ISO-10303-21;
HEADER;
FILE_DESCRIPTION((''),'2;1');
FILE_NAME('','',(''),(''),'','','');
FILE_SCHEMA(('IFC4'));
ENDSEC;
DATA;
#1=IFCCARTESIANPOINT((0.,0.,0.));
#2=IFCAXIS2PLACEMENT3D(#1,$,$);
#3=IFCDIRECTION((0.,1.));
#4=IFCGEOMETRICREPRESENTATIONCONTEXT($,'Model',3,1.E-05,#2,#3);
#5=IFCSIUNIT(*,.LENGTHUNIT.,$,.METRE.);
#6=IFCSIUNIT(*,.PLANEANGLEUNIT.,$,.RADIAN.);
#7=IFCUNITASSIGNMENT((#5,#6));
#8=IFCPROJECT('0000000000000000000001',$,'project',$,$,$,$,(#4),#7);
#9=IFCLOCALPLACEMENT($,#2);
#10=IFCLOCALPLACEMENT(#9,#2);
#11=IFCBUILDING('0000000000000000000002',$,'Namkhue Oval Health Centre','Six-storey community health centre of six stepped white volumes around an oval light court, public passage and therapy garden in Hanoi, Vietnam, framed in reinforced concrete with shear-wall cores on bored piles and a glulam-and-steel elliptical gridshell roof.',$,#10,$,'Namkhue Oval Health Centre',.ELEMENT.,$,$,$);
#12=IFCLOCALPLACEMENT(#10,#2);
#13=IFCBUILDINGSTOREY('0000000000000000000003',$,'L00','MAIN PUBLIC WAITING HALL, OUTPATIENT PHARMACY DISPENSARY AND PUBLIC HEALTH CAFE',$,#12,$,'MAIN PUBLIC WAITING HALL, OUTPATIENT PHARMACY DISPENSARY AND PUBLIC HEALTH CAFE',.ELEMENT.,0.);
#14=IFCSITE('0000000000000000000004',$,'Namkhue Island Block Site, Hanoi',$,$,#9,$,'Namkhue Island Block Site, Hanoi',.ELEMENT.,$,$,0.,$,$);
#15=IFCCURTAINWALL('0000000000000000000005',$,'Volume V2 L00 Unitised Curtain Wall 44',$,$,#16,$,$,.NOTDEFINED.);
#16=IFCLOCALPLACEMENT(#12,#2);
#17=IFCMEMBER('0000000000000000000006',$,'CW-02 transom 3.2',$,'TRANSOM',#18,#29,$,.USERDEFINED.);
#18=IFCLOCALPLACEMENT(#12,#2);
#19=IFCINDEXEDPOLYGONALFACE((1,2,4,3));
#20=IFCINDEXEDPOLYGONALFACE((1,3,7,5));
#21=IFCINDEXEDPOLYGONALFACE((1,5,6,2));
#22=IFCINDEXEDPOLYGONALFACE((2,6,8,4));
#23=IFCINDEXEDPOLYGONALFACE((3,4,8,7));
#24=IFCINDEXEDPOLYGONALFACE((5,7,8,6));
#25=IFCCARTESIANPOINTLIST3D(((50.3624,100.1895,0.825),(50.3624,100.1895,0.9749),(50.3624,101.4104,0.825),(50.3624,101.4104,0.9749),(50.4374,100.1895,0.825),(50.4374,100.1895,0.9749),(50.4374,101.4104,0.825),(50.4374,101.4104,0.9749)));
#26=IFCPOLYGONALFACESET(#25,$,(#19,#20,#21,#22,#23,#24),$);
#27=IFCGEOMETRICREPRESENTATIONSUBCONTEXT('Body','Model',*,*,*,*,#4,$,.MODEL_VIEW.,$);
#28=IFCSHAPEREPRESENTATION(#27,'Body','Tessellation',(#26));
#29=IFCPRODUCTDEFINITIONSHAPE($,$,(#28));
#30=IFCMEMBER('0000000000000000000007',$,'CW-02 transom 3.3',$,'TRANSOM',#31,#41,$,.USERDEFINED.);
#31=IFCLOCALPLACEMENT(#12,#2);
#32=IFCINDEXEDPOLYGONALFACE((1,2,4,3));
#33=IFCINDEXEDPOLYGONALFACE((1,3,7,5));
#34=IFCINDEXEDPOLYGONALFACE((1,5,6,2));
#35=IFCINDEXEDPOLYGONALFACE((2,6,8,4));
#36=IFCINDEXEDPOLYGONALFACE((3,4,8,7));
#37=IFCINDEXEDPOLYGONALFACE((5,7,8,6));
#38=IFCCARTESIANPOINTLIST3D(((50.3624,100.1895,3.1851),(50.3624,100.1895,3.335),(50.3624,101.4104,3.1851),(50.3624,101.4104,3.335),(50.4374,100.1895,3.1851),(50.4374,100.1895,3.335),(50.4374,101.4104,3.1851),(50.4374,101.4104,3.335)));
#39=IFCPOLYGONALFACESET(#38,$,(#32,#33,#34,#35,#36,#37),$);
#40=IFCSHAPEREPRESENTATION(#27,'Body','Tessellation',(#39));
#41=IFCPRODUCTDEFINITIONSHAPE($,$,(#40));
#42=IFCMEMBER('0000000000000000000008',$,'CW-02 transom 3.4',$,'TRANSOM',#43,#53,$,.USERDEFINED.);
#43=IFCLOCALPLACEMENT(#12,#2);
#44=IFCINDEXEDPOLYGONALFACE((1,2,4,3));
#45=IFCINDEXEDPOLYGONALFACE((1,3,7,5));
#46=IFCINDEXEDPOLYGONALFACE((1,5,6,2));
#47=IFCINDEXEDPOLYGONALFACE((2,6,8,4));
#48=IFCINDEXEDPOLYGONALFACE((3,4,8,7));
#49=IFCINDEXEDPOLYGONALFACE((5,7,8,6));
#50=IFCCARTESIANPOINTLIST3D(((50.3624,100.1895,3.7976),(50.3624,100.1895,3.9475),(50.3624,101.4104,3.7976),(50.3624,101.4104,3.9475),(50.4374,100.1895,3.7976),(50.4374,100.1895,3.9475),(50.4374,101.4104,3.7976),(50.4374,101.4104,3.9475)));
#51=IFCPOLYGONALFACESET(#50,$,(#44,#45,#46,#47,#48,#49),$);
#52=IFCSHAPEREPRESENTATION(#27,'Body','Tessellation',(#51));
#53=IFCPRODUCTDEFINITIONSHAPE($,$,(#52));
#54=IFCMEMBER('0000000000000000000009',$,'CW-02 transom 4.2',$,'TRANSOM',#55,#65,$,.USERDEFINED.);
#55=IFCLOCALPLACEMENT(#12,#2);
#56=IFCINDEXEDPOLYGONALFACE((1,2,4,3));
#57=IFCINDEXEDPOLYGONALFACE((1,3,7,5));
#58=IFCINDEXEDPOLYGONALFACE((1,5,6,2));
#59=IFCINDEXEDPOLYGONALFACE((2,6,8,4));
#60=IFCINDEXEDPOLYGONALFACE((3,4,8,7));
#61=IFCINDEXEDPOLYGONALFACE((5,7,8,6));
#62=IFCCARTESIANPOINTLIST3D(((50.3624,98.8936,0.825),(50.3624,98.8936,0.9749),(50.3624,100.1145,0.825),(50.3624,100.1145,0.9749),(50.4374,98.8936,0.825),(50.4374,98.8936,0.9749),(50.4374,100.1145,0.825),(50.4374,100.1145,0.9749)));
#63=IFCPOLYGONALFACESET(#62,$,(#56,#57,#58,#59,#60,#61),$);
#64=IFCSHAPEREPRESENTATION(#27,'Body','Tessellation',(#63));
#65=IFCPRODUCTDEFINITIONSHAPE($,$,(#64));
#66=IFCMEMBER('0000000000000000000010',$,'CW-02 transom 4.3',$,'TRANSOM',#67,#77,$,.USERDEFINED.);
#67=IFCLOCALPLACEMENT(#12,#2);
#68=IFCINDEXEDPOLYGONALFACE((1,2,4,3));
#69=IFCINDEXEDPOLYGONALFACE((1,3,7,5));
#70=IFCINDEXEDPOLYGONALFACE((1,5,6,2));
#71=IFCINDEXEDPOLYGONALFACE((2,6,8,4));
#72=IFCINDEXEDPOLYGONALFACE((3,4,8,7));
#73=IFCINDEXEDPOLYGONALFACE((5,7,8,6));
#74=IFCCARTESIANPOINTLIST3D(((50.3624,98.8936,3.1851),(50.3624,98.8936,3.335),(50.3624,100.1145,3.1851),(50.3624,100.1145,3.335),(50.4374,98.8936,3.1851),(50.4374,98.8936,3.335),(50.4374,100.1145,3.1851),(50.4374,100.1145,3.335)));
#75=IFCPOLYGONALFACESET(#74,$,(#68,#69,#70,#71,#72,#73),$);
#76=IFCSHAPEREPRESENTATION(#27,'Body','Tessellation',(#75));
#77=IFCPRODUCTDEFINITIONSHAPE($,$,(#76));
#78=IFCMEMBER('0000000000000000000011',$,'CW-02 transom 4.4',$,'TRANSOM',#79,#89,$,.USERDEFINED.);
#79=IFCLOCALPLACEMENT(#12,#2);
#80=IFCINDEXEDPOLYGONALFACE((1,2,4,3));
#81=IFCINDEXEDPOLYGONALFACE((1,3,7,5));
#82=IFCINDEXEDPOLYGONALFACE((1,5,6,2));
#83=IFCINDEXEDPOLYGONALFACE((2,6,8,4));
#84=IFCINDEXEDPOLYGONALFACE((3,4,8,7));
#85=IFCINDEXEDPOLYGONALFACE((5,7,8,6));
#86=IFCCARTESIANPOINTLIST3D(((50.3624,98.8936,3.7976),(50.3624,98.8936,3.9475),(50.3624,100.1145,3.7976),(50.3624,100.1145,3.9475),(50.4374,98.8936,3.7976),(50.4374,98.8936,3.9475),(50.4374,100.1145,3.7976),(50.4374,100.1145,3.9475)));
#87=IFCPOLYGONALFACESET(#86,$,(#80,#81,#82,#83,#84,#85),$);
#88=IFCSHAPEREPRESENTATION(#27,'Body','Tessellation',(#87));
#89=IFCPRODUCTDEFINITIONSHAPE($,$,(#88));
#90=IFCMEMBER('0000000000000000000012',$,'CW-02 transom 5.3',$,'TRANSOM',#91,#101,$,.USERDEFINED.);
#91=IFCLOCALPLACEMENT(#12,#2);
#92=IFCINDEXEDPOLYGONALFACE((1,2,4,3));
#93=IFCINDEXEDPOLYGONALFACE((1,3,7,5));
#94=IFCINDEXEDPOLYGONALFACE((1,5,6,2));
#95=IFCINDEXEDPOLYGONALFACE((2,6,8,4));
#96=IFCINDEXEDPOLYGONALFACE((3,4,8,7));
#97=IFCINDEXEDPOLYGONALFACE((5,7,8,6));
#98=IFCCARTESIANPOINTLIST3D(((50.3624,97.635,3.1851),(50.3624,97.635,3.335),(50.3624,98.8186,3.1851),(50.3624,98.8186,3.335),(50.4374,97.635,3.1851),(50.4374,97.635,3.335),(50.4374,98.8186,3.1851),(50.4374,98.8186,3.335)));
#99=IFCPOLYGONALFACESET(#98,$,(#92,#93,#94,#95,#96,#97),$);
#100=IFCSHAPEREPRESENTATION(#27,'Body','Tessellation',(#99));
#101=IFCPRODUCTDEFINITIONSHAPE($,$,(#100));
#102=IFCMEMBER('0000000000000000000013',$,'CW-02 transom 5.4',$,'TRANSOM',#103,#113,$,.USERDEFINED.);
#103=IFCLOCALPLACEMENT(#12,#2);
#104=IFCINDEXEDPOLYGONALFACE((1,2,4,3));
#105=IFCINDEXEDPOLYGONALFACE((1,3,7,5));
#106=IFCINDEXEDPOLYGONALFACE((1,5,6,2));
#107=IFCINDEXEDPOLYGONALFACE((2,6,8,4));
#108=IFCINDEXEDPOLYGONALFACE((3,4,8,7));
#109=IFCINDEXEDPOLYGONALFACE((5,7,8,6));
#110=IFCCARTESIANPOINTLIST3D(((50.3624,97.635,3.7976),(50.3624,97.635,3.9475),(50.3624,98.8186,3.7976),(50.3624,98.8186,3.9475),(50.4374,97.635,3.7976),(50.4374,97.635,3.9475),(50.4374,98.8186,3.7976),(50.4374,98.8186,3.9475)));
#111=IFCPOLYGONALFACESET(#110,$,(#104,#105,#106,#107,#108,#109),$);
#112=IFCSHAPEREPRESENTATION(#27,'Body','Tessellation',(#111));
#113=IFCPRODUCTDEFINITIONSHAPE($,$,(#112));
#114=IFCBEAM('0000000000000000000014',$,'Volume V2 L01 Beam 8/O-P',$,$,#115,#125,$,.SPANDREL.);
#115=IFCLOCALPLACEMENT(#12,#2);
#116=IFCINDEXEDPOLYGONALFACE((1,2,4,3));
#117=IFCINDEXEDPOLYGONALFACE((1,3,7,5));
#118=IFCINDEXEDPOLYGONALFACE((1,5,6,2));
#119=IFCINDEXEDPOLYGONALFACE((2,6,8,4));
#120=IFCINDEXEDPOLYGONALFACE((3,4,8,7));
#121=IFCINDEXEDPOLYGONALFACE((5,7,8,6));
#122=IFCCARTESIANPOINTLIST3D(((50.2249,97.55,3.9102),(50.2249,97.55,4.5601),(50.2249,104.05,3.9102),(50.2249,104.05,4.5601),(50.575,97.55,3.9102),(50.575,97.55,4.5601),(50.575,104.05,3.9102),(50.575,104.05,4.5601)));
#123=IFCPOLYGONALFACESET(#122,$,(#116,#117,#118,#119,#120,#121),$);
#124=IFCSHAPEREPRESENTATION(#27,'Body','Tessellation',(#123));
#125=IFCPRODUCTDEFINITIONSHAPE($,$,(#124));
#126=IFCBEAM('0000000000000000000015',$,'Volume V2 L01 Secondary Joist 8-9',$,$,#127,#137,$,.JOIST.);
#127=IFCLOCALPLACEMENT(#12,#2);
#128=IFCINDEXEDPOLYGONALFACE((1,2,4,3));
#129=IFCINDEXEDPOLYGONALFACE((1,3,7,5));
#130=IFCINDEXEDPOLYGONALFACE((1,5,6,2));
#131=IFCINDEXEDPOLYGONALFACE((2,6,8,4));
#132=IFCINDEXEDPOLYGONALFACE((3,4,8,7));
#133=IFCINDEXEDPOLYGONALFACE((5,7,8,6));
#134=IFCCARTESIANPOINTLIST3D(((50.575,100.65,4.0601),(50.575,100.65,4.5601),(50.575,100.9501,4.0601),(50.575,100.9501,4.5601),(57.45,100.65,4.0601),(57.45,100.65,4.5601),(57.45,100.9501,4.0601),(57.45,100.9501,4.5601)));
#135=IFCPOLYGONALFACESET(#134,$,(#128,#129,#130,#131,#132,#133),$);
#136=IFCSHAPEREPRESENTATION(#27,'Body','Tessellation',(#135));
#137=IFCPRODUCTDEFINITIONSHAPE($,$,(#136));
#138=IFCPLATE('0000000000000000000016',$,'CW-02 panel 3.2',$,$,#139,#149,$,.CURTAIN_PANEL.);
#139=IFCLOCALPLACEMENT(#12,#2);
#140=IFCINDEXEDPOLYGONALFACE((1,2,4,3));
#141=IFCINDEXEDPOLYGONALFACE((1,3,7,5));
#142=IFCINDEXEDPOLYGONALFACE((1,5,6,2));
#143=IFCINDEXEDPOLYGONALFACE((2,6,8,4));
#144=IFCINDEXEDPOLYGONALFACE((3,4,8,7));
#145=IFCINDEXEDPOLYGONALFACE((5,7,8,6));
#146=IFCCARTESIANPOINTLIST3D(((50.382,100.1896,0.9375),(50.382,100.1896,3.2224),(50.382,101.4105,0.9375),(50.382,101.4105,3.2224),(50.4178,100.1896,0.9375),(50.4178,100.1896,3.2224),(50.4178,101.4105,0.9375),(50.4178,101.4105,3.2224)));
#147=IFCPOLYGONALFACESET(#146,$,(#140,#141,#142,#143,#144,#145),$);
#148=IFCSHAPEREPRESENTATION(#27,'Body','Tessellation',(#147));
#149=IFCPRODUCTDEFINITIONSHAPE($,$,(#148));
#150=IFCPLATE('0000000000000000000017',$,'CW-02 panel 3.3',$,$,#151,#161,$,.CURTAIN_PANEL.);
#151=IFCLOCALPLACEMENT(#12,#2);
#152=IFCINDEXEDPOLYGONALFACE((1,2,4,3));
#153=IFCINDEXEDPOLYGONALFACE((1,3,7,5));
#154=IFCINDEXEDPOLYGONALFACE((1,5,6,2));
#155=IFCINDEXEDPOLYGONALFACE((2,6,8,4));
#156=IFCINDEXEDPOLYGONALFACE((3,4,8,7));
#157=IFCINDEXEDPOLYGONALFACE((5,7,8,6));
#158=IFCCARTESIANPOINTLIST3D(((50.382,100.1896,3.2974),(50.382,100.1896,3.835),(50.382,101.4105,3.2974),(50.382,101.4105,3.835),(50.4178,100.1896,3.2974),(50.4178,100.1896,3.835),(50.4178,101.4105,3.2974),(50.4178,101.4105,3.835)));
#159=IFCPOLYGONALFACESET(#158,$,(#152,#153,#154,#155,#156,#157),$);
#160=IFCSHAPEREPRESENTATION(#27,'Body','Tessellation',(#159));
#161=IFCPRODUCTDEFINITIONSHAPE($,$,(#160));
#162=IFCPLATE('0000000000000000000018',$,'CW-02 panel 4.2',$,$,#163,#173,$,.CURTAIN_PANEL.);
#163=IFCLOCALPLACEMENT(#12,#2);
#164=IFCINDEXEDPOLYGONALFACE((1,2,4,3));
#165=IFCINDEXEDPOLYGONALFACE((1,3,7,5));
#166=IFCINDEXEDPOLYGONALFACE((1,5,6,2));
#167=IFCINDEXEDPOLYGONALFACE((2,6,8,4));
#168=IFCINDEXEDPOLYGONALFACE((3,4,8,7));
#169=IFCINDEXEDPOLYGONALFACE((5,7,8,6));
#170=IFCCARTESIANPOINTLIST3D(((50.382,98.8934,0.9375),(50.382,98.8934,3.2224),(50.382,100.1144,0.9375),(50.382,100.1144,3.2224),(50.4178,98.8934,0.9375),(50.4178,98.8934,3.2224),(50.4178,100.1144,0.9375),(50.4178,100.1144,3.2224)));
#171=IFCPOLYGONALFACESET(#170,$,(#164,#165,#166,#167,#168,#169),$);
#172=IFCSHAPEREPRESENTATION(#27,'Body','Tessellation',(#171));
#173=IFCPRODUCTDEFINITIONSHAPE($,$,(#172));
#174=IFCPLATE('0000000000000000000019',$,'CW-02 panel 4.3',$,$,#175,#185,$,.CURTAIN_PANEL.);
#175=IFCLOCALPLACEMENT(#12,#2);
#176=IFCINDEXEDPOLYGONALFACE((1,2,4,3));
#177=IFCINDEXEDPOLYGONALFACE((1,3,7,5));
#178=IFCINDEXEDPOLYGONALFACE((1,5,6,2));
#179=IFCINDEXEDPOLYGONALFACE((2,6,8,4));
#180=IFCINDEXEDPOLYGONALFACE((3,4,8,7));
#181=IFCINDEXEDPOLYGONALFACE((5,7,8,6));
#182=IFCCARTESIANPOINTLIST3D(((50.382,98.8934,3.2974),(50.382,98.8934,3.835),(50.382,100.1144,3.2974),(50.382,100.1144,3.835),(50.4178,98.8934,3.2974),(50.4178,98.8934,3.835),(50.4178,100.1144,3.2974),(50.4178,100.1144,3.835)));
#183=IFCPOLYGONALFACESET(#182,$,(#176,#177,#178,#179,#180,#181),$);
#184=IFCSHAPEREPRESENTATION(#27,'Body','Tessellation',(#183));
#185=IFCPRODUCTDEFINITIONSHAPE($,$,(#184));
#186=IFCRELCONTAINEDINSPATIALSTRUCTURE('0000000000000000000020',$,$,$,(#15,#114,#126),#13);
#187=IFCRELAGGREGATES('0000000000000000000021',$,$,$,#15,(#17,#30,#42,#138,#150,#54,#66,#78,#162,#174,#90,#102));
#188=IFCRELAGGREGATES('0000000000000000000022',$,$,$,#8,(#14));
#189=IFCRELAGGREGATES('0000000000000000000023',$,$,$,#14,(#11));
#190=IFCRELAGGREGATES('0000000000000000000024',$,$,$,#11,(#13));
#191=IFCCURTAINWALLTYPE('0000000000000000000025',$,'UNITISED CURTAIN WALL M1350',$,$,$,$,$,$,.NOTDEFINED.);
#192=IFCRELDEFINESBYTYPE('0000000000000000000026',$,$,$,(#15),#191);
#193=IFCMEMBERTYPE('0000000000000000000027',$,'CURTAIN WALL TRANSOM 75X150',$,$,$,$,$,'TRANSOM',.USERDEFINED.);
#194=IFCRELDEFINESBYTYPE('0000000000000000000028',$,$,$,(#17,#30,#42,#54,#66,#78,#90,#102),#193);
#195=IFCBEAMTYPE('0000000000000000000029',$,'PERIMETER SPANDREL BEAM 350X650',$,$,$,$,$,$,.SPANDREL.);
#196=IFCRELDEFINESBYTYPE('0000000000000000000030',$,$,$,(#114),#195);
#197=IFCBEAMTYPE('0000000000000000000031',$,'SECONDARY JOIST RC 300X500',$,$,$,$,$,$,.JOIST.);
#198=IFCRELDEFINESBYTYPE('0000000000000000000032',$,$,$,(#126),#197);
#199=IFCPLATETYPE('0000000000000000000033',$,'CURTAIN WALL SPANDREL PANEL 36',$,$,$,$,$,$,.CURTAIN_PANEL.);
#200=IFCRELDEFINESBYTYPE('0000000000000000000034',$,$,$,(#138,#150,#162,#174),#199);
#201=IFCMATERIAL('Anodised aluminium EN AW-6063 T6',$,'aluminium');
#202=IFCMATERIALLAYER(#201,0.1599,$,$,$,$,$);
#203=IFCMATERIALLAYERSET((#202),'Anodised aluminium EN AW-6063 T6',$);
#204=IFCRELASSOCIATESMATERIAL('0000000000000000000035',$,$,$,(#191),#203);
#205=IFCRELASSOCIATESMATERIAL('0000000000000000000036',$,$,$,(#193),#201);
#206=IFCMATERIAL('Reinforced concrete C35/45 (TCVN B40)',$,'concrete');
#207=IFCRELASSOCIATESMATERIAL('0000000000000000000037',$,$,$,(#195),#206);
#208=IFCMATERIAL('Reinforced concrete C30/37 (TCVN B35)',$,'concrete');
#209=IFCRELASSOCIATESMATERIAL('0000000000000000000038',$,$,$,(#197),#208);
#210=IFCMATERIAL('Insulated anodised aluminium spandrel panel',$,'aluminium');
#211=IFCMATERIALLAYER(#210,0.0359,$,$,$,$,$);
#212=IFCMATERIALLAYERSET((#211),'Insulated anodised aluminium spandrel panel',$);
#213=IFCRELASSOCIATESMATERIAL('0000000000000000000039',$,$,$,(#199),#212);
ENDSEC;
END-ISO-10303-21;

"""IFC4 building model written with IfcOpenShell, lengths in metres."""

from ifc_helpers import new_model, si_unit, direction, frame, origin, origin_2d, place, context, subcontext, project, spatial, rectangle, extrude, material, layer, layer_set, material_profile, profile_set, type_object, element, aggregate, save


model = new_model("IFC4")

# Units and contexts
model_context = context("Model", 3, precision=1e-05, world=origin(), true_north=direction((0.0, 1.0)))
body_context = subcontext(model_context, "Body", "Model", "MODEL_VIEW")
ifc_project = project(units=[si_unit("LENGTHUNIT", "METRE"), si_unit("PLANEANGLEUNIT", "RADIAN")], contexts=[model_context])

# Site, building, storey
site_placement = place(None, origin())
site = spatial("IfcSite", under=ifc_project, at=site_placement, Name="Namkhue Island Block Site, Hanoi", LongName="Namkhue Island Block Site, Hanoi", CompositionType="ELEMENT", RefElevation=0.0)
building_placement = place(site_placement, origin())
building = spatial("IfcBuilding", under=site, at=building_placement, Name="Namkhue Oval Health Centre", Description="Six-storey community health centre of six stepped white volumes around an oval light court, public passage and therapy garden in Hanoi, Vietnam, framed in reinforced concrete with shear-wall cores on bored piles and a glulam-and-steel elliptical gridshell roof.", LongName="Namkhue Oval Health Centre", CompositionType="ELEMENT")
storey_placement = place(building_placement, origin())
storey = spatial("IfcBuildingStorey", under=building, at=storey_placement, Name="L00", Description="MAIN PUBLIC WAITING HALL, OUTPATIENT PHARMACY DISPENSARY AND PUBLIC HEALTH CAFE", LongName="MAIN PUBLIC WAITING HALL, OUTPATIENT PHARMACY DISPENSARY AND PUBLIC HEALTH CAFE", CompositionType="ELEMENT", Elevation=0.0)

# Curtain wall, members
ifc_material_1 = material(Name="Anodised aluminium EN AW-6063 T6", Category="aluminium")
ifc_layer_1 = layer(ifc_material_1, 0.1599)
ifc_layer_set_1 = layer_set([ifc_layer_1], Name="Anodised aluminium EN AW-6063 T6")
curtain_wall_type = type_object("IfcCurtainWallType", Name="UNITISED CURTAIN WALL M1350", PredefinedType="NOTDEFINED", material=ifc_layer_set_1)
curtain_wall_placement = place(storey_placement, origin())
curtain_wall = element("IfcCurtainWall", 1, at=curtain_wall_placement, inside=storey, type_object=curtain_wall_type, Name="Volume V2 L00 Unitised Curtain Wall 44", PredefinedType="NOTDEFINED")
ifc_material_profile_1 = material_profile(ifc_material_1, rectangle(XDim=0.075, YDim=0.1499, at=origin_2d()), Name="ALU 75x150")
ifc_profile_set_1 = profile_set([ifc_material_profile_1], Name="Anodised aluminium EN AW-6063 T6")
member_type = type_object("IfcMemberType", Name="CURTAIN WALL TRANSOM 75X150", ElementType="TRANSOM", PredefinedType="USERDEFINED", material=ifc_profile_set_1)
member_1_placement = place(storey_placement, frame((50.3999, 101.4104, 0.8999), z_axis=(0.0, -1.0, 0.0), x_axis=(1.0, 0.0, 0.0)))
member_1 = element("IfcMember", 2, at=member_1_placement, type_object=member_type, Name="CW-02 transom 3.2", ObjectType="TRANSOM", PredefinedType="USERDEFINED", context=body_context, shape_type="SweptSolid", body=[
    extrude(rectangle(XDim=0.075, YDim=0.1499, at=origin_2d()), origin(), (0.0, 0.0, 1.0), 1.2209),
])
member_2_placement = place(storey_placement, frame((50.3999, 101.4104, 3.26), z_axis=(0.0, -1.0, 0.0), x_axis=(1.0, 0.0, 0.0)))
member_2 = element("IfcMember", 3, at=member_2_placement, type_object=member_type, Name="CW-02 transom 3.3", ObjectType="TRANSOM", PredefinedType="USERDEFINED", context=body_context, shape_type="SweptSolid", body=[
    extrude(rectangle(XDim=0.075, YDim=0.1499, at=origin_2d()), origin(), (0.0, 0.0, 1.0), 1.2209),
])
member_3_placement = place(storey_placement, frame((50.3999, 101.4104, 3.8726), z_axis=(0.0, -1.0, 0.0), x_axis=(1.0, 0.0, 0.0)))
member_3 = element("IfcMember", 4, at=member_3_placement, type_object=member_type, Name="CW-02 transom 3.4", ObjectType="TRANSOM", PredefinedType="USERDEFINED", context=body_context, shape_type="SweptSolid", body=[
    extrude(rectangle(XDim=0.075, YDim=0.1499, at=origin_2d()), origin(), (0.0, 0.0, 1.0), 1.2209),
])
member_4_placement = place(storey_placement, frame((50.3999, 100.1145, 0.8999), z_axis=(0.0, -1.0, 0.0), x_axis=(1.0, 0.0, 0.0)))
member_4 = element("IfcMember", 5, at=member_4_placement, type_object=member_type, Name="CW-02 transom 4.2", ObjectType="TRANSOM", PredefinedType="USERDEFINED", context=body_context, shape_type="SweptSolid", body=[
    extrude(rectangle(XDim=0.075, YDim=0.1499, at=origin_2d()), origin(), (0.0, 0.0, 1.0), 1.2209),
])
member_5_placement = place(storey_placement, frame((50.3999, 100.1145, 3.26), z_axis=(0.0, -1.0, 0.0), x_axis=(1.0, 0.0, 0.0)))
member_5 = element("IfcMember", 6, at=member_5_placement, type_object=member_type, Name="CW-02 transom 4.3", ObjectType="TRANSOM", PredefinedType="USERDEFINED", context=body_context, shape_type="SweptSolid", body=[
    extrude(rectangle(XDim=0.075, YDim=0.1499, at=origin_2d()), origin(), (0.0, 0.0, 1.0), 1.2209),
])
member_6_placement = place(storey_placement, frame((50.3999, 100.1145, 3.8726), z_axis=(0.0, -1.0, 0.0), x_axis=(1.0, 0.0, 0.0)))
member_6 = element("IfcMember", 7, at=member_6_placement, type_object=member_type, Name="CW-02 transom 4.4", ObjectType="TRANSOM", PredefinedType="USERDEFINED", context=body_context, shape_type="SweptSolid", body=[
    extrude(rectangle(XDim=0.075, YDim=0.1499, at=origin_2d()), origin(), (0.0, 0.0, 1.0), 1.2209),
])
member_7_placement = place(storey_placement, frame((50.3999, 98.8186, 3.26), z_axis=(0.0, -1.0, 0.0), x_axis=(1.0, 0.0, 0.0)))
member_7 = element("IfcMember", 8, at=member_7_placement, type_object=member_type, Name="CW-02 transom 5.3", ObjectType="TRANSOM", PredefinedType="USERDEFINED", context=body_context, shape_type="SweptSolid", body=[
    extrude(rectangle(XDim=0.075, YDim=0.1499, at=origin_2d()), origin(), (0.0, 0.0, 1.0), 1.1836),
])
member_8_placement = place(storey_placement, frame((50.3999, 98.8186, 3.8726), z_axis=(0.0, -1.0, 0.0), x_axis=(1.0, 0.0, 0.0)))
member_8 = element("IfcMember", 9, at=member_8_placement, type_object=member_type, Name="CW-02 transom 5.4", ObjectType="TRANSOM", PredefinedType="USERDEFINED", context=body_context, shape_type="SweptSolid", body=[
    extrude(rectangle(XDim=0.075, YDim=0.1499, at=origin_2d()), origin(), (0.0, 0.0, 1.0), 1.1836),
])

# Beams
ifc_material_2 = material(Name="Reinforced concrete C35/45 (TCVN B40)", Category="concrete")
ifc_material_profile_2 = material_profile(ifc_material_2, rectangle(XDim=0.3501, YDim=0.6499, at=origin_2d()), Name="RC 350x650")
ifc_profile_set_2 = profile_set([ifc_material_profile_2], Name="Reinforced concrete C35/45 (TCVN B40)")
beam_type_1 = type_object("IfcBeamType", Name="PERIMETER SPANDREL BEAM 350X650", PredefinedType="SPANDREL", material=ifc_profile_set_2)
beam_1_placement = place(storey_placement, frame((50.3999, 97.55, 4.2351), z_axis=(0.0, 1.0, 0.0), x_axis=(-1.0, 0.0, 0.0)))
element("IfcBeam", 10, at=beam_1_placement, inside=storey, type_object=beam_type_1, Name="Volume V2 L01 Beam 8/O-P", PredefinedType="SPANDREL", context=body_context, shape_type="SweptSolid", body=[
    extrude(rectangle(XDim=0.3501, YDim=0.6499, at=origin_2d()), origin(), (0.0, 0.0, 1.0), 6.5),
])
ifc_material_3 = material(Name="Reinforced concrete C30/37 (TCVN B35)", Category="concrete")
ifc_material_profile_3 = material_profile(ifc_material_3, rectangle(XDim=0.3, YDim=0.5, at=origin_2d()), Name="RC 300x500")
ifc_profile_set_3 = profile_set([ifc_material_profile_3], Name="Reinforced concrete C30/37 (TCVN B35)")
beam_type_2 = type_object("IfcBeamType", Name="SECONDARY JOIST RC 300X500", PredefinedType="JOIST", material=ifc_profile_set_3)
beam_2_placement = place(storey_placement, frame((50.575, 100.8, 4.3101), z_axis=(1.0, 0.0, 0.0), x_axis=(0.0, 1.0, 0.0)))
element("IfcBeam", 11, at=beam_2_placement, inside=storey, type_object=beam_type_2, Name="Volume V2 L01 Secondary Joist 8-9", PredefinedType="JOIST", context=body_context, shape_type="SweptSolid", body=[
    extrude(rectangle(XDim=0.3, YDim=0.5, at=origin_2d()), origin(), (0.0, 0.0, 1.0), 6.875),
])

# Plates
ifc_material_4 = material(Name="Insulated anodised aluminium spandrel panel", Category="aluminium")
ifc_layer_2 = layer(ifc_material_4, 0.0359)
ifc_layer_set_2 = layer_set([ifc_layer_2], Name="Insulated anodised aluminium spandrel panel")
plate_type = type_object("IfcPlateType", Name="CURTAIN WALL SPANDREL PANEL 36", PredefinedType="CURTAIN_PANEL", material=ifc_layer_set_2)
plate_1_placement = place(storey_placement, frame((50.3999, 100.8, 0.9375), z_axis=(0.0, 0.0, 1.0), x_axis=(0.0, -1.0, 0.0)))
plate_1 = element("IfcPlate", 12, at=plate_1_placement, type_object=plate_type, Name="CW-02 panel 3.2", PredefinedType="CURTAIN_PANEL", context=body_context, shape_type="SweptSolid", body=[
    extrude(rectangle(XDim=1.2209, YDim=0.0359, at=origin_2d()), origin(), (0.0, 0.0, 1.0), 2.2849),
])
plate_2_placement = place(storey_placement, frame((50.3999, 100.8, 3.2974), z_axis=(0.0, 0.0, 1.0), x_axis=(0.0, -1.0, 0.0)))
plate_2 = element("IfcPlate", 13, at=plate_2_placement, type_object=plate_type, Name="CW-02 panel 3.3", PredefinedType="CURTAIN_PANEL", context=body_context, shape_type="SweptSolid", body=[
    extrude(rectangle(XDim=1.2209, YDim=0.0359, at=origin_2d()), origin(), (0.0, 0.0, 1.0), 0.5376),
])
plate_3_placement = place(storey_placement, frame((50.3999, 99.5039, 0.9375), z_axis=(0.0, 0.0, 1.0), x_axis=(0.0, -1.0, 0.0)))
plate_3 = element("IfcPlate", 14, at=plate_3_placement, type_object=plate_type, Name="CW-02 panel 4.2", PredefinedType="CURTAIN_PANEL", context=body_context, shape_type="SweptSolid", body=[
    extrude(rectangle(XDim=1.2209, YDim=0.0359, at=origin_2d()), origin(), (0.0, 0.0, 1.0), 2.2849),
])
plate_4_placement = place(storey_placement, frame((50.3999, 99.5039, 3.2974), z_axis=(0.0, 0.0, 1.0), x_axis=(0.0, -1.0, 0.0)))
plate_4 = element("IfcPlate", 15, at=plate_4_placement, type_object=plate_type, Name="CW-02 panel 4.3", PredefinedType="CURTAIN_PANEL", context=body_context, shape_type="SweptSolid", body=[
    extrude(rectangle(XDim=1.2209, YDim=0.0359, at=origin_2d()), origin(), (0.0, 0.0, 1.0), 0.5376),
])
aggregate(curtain_wall, [member_1, member_2, member_3, plate_1, plate_2, member_4, member_5, member_6, plate_3, plate_4, member_7, member_8])

save(model, "model.ifc")
